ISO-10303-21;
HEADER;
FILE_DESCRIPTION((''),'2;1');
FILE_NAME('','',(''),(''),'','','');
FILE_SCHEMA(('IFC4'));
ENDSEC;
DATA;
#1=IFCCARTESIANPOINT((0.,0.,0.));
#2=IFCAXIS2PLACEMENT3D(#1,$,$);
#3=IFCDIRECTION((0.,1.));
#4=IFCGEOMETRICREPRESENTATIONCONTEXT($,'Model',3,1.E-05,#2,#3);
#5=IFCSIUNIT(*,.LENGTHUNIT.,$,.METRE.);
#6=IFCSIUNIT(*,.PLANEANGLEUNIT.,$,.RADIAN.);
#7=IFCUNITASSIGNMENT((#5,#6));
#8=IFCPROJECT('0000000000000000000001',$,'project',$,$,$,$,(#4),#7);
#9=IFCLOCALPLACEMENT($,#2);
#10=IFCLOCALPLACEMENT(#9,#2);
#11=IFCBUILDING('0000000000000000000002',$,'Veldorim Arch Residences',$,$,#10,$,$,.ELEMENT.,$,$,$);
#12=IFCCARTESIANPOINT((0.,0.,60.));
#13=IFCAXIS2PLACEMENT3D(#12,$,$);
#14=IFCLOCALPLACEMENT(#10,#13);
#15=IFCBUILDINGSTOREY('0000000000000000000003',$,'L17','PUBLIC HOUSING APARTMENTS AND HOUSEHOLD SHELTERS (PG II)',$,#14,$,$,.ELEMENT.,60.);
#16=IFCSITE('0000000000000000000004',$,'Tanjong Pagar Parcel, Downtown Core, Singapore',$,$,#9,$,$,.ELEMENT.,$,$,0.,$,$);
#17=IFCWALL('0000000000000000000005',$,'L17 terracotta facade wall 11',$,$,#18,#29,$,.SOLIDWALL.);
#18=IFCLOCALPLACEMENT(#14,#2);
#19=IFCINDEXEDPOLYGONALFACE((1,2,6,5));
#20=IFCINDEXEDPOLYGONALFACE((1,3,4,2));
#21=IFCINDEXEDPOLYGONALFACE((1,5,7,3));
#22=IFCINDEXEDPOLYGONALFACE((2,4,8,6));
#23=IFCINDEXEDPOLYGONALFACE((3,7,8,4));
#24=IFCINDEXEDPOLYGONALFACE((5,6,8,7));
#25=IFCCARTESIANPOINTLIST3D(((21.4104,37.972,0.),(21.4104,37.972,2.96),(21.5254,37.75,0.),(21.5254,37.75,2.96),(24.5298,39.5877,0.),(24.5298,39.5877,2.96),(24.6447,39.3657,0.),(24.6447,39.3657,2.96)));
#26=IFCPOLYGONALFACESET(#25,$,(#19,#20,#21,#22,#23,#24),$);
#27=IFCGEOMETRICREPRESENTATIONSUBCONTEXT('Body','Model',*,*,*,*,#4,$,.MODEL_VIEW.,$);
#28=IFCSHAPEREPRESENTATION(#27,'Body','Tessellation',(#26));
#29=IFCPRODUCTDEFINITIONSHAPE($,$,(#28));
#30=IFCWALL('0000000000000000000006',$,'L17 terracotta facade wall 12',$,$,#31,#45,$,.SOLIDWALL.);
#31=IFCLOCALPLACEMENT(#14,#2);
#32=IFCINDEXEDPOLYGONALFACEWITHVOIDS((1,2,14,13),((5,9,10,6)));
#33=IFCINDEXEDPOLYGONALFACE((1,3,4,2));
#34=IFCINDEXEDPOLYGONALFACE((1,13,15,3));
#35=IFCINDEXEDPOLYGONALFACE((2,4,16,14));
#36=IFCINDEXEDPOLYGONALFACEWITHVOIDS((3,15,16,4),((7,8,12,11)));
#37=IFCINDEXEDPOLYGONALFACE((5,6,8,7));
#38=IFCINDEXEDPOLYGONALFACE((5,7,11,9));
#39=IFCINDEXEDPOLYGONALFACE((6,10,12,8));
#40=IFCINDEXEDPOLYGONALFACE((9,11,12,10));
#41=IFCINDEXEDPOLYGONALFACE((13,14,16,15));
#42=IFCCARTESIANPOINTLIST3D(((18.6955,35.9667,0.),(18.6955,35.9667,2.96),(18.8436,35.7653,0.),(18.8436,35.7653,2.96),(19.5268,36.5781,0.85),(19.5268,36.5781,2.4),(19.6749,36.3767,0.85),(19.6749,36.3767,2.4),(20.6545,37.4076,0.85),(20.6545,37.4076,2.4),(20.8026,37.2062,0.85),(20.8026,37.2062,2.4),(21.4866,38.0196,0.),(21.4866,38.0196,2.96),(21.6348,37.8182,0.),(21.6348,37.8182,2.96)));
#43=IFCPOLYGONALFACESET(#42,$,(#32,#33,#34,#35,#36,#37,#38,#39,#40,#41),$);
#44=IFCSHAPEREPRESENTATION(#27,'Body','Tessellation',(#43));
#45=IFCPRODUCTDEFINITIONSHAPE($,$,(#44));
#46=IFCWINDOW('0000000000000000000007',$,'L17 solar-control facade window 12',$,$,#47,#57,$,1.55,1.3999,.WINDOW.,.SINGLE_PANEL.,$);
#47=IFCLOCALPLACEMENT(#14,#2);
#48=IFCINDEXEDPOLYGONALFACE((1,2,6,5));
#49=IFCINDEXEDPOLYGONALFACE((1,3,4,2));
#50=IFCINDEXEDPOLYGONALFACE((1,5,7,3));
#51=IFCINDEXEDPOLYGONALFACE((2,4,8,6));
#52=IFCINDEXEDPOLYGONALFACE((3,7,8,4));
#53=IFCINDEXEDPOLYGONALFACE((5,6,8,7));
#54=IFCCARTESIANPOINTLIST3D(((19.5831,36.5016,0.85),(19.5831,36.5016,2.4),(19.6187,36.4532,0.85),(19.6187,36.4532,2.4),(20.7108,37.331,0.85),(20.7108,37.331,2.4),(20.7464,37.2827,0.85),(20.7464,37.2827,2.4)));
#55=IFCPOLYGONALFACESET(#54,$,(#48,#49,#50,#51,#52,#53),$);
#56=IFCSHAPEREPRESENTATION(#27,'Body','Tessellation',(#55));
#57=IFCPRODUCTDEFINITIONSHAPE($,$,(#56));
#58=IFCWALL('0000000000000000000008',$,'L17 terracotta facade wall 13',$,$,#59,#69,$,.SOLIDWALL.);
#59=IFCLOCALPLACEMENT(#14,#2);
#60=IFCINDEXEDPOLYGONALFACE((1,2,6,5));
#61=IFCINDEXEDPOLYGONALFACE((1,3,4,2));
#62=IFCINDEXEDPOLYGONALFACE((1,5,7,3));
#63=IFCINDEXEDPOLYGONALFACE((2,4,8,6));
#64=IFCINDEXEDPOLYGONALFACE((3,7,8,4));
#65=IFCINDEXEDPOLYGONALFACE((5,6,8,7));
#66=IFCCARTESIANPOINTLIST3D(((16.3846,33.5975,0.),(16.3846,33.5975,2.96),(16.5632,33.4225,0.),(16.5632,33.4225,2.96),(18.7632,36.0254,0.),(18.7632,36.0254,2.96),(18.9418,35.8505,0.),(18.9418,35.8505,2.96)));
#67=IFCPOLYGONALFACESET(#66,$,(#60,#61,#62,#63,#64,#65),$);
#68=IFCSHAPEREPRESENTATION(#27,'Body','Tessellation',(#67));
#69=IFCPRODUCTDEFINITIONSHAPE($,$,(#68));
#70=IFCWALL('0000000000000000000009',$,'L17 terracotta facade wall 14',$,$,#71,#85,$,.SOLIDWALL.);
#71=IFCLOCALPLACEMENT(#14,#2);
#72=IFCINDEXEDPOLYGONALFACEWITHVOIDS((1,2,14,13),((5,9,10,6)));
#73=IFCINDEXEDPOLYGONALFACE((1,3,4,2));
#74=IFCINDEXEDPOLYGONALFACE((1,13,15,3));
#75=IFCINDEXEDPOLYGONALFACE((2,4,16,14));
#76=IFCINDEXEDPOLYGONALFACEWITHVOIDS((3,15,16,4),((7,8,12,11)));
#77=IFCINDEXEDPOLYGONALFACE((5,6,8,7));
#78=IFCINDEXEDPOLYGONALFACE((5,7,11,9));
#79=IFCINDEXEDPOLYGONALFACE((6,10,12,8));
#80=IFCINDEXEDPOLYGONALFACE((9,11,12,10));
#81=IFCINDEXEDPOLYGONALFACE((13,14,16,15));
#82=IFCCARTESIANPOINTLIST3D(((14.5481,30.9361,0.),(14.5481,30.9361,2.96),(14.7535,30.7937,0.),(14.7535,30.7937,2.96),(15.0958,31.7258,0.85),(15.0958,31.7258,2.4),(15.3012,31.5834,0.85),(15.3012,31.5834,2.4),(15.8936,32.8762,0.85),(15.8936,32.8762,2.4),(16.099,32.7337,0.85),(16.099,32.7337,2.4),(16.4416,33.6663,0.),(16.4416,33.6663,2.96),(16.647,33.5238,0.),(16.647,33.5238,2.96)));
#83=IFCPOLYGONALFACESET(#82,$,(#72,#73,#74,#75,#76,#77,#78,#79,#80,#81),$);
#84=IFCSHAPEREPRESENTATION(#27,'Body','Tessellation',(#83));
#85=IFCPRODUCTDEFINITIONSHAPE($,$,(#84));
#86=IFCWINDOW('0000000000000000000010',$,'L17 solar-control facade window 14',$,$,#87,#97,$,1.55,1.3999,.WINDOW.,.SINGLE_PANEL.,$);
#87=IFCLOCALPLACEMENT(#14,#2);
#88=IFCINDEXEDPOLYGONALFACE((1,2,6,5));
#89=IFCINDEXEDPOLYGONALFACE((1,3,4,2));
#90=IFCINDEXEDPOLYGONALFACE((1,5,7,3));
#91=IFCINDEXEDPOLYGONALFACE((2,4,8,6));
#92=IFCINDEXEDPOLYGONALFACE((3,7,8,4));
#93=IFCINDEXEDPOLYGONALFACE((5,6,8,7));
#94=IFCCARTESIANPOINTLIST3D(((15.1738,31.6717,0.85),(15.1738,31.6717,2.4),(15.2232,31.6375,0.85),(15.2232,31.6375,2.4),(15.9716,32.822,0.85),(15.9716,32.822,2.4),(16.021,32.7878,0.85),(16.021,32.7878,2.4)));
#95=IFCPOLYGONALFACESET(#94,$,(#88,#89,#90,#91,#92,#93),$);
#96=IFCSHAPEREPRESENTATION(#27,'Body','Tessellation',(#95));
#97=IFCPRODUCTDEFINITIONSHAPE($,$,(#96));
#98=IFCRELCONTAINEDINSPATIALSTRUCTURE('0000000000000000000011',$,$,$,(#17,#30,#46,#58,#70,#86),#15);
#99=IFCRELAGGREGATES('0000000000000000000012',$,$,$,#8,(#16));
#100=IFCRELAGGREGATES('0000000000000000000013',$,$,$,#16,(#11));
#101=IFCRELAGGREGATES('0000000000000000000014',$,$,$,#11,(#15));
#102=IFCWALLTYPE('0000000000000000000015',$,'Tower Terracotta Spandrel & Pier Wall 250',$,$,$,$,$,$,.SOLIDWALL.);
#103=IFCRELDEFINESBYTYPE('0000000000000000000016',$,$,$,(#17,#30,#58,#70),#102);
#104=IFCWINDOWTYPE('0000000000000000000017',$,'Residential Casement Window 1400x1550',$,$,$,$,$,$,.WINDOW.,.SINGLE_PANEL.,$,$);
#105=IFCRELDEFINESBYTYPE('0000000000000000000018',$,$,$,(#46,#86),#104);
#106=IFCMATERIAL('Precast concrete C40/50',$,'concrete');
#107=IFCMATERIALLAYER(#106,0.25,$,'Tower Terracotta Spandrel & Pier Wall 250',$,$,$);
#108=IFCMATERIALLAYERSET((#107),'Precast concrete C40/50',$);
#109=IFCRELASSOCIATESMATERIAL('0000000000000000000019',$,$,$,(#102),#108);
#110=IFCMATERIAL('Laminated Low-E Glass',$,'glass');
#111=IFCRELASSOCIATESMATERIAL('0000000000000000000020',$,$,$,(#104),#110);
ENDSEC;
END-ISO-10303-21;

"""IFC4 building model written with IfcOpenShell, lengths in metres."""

from ifc_helpers import new_model, si_unit, direction, frame, frame_2d, origin, place, context, subcontext, project, spatial, rectangle, extrude, material, layer, layer_set, type_object, element, fill, save


model = new_model("IFC4")

# Units and contexts
model_context = context("Model", 3, precision=1e-05, world=origin(), true_north=direction((0.0, 1.0)))
body_context = subcontext(model_context, "Body", "Model", "MODEL_VIEW")
ifc_project = project(units=[si_unit("LENGTHUNIT", "METRE"), si_unit("PLANEANGLEUNIT", "RADIAN")], contexts=[model_context])

# Site, building, storey
site_placement = place(None, origin())
site = spatial("IfcSite", under=ifc_project, at=site_placement, Name="Tanjong Pagar Parcel, Downtown Core, Singapore", CompositionType="ELEMENT", RefElevation=0.0)
building_placement = place(site_placement, origin())
building = spatial("IfcBuilding", under=site, at=building_placement, Name="Veldorim Arch Residences", CompositionType="ELEMENT")
storey_placement = place(building_placement, frame((0.0, 0.0, 60.0)))
storey = spatial("IfcBuildingStorey", under=building, at=storey_placement, Name="L17", Description="PUBLIC HOUSING APARTMENTS AND HOUSEHOLD SHELTERS (PG II)", CompositionType="ELEMENT", Elevation=60.0)

# Wall
ifc_material_1 = material(Name="Precast concrete C40/50", Category="concrete")
ifc_layer_1 = layer(ifc_material_1, 0.25, Name="Tower Terracotta Spandrel & Pier Wall 250")
ifc_layer_set_1 = layer_set([ifc_layer_1], Name="Precast concrete C40/50")
wall_type_1 = type_object("IfcWallType", Name="Tower Terracotta Spandrel & Pier Wall 250", PredefinedType="SOLIDWALL", material=ifc_layer_set_1)
wall_1_placement = place(storey_placement, frame((21.468, 37.8611, 0.0), z_axis=(0.0, 0.0, 1.0), x_axis=(0.887956, 0.459928, 0.0)))
element("IfcWall", 1, at=wall_1_placement, inside=storey, type_object=wall_type_1, Name="L17 terracotta facade wall 11", PredefinedType="SOLIDWALL", context=body_context, shape_type="SweptSolid", body=[
    extrude(rectangle(XDim=3.5129, YDim=0.25, at=frame_2d((1.7563, 0.0))), origin(), (0.0, 0.0, 1.0), 2.96),
])

# Wall, opening, window
wall_2_placement = place(storey_placement, frame((18.7695, 35.866, 0.0), z_axis=(0.0, 0.0, 1.0), x_axis=(0.805571, 0.592499, 0.0)))
wall_2 = element("IfcWall", 2, at=wall_2_placement, inside=storey, type_object=wall_type_1, Name="L17 terracotta facade wall 12", PredefinedType="SOLIDWALL", context=body_context, shape_type="SweptSolid", body=[
    extrude(rectangle(XDim=3.4648, YDim=0.25, at=frame_2d((1.7324, 0.0))), origin(), (0.0, 0.0, 1.0), 2.96),
])
opening_1_placement = place(wall_2_placement, frame((1.032, 0.0, 0.8501)))
opening_1 = element("IfcOpeningElement", 3, at=opening_1_placement, cuts=wall_2, PredefinedType="OPENING", context=body_context, shape_type="SweptSolid", body=[
    extrude(rectangle(XDim=1.3999, YDim=1.55, at=frame_2d((0.7, 0.7749))), frame((0.0, 0.135, 0.0), z_axis=(0.0, -1.0, 0.0), x_axis=(1.0, 0.0, 0.0)), (0.0, 0.0, 1.0), 0.27),
])
ifc_material_2 = material(Name="Laminated Low-E Glass", Category="glass")
window_type = type_object("IfcWindowType", Name="Residential Casement Window 1400x1550", PartitioningType="SINGLE_PANEL", PredefinedType="WINDOW", material=ifc_material_2)
window_1_placement = place(opening_1_placement, origin())
window_1 = element("IfcWindow", 4, at=window_1_placement, inside=storey, type_object=window_type, Name="L17 solar-control facade window 12", OverallHeight=1.55, OverallWidth=1.3999, PartitioningType="SINGLE_PANEL", PredefinedType="WINDOW", context=body_context, shape_type="SweptSolid", body=[
    extrude(rectangle(XDim=1.3999, YDim=1.55, at=frame_2d((0.7, 0.7749))), frame((0.0, 0.03, 0.0), z_axis=(0.0, -1.0, 0.0), x_axis=(1.0, 0.0, 0.0)), (0.0, 0.0, 1.0), 0.0601),
])
fill(opening_1, window_1)

# Wall
wall_3_placement = place(storey_placement, frame((16.4739, 33.51, 0.0), z_axis=(0.0, 0.0, 1.0), x_axis=(0.699815, 0.714324, 0.0)))
element("IfcWall", 5, at=wall_3_placement, inside=storey, type_object=wall_type_1, Name="L17 terracotta facade wall 13", PredefinedType="SOLIDWALL", context=body_context, shape_type="SweptSolid", body=[
    extrude(rectangle(XDim=3.3989, YDim=0.25, at=frame_2d((1.6995, 0.0))), origin(), (0.0, 0.0, 1.0), 2.96),
])

# Wall, opening, window
wall_4_placement = place(storey_placement, frame((14.6509, 30.865, 0.0), z_axis=(0.0, 0.0, 1.0), x_axis=(0.569901, 0.821713, 0.0)))
wall_4 = element("IfcWall", 6, at=wall_4_placement, inside=storey, type_object=wall_type_1, Name="L17 terracotta facade wall 14", PredefinedType="SOLIDWALL", context=body_context, shape_type="SweptSolid", body=[
    extrude(rectangle(XDim=3.3225, YDim=0.25, at=frame_2d((1.6611, 0.0))), origin(), (0.0, 0.0, 1.0), 2.96),
])
opening_2_placement = place(wall_4_placement, frame((0.9609, 0.0, 0.8501)))
opening_2 = element("IfcOpeningElement", 7, at=opening_2_placement, cuts=wall_4, PredefinedType="OPENING", context=body_context, shape_type="SweptSolid", body=[
    extrude(rectangle(XDim=1.3999, YDim=1.55, at=frame_2d((0.7, 0.7749))), frame((0.0, 0.135, 0.0), z_axis=(0.0, -1.0, 0.0), x_axis=(1.0, 0.0, 0.0)), (0.0, 0.0, 1.0), 0.27),
])
window_2_placement = place(opening_2_placement, origin())
window_2 = element("IfcWindow", 8, at=window_2_placement, inside=storey, type_object=window_type, Name="L17 solar-control facade window 14", OverallHeight=1.55, OverallWidth=1.3999, PartitioningType="SINGLE_PANEL", PredefinedType="WINDOW", context=body_context, shape_type="SweptSolid", body=[
    extrude(rectangle(XDim=1.3999, YDim=1.55, at=frame_2d((0.7, 0.7749))), frame((0.0, 0.03, 0.0), z_axis=(0.0, -1.0, 0.0), x_axis=(1.0, 0.0, 0.0)), (0.0, 0.0, 1.0), 0.0601),
])
fill(opening_2, window_2)

save(model, "model.ifc")
